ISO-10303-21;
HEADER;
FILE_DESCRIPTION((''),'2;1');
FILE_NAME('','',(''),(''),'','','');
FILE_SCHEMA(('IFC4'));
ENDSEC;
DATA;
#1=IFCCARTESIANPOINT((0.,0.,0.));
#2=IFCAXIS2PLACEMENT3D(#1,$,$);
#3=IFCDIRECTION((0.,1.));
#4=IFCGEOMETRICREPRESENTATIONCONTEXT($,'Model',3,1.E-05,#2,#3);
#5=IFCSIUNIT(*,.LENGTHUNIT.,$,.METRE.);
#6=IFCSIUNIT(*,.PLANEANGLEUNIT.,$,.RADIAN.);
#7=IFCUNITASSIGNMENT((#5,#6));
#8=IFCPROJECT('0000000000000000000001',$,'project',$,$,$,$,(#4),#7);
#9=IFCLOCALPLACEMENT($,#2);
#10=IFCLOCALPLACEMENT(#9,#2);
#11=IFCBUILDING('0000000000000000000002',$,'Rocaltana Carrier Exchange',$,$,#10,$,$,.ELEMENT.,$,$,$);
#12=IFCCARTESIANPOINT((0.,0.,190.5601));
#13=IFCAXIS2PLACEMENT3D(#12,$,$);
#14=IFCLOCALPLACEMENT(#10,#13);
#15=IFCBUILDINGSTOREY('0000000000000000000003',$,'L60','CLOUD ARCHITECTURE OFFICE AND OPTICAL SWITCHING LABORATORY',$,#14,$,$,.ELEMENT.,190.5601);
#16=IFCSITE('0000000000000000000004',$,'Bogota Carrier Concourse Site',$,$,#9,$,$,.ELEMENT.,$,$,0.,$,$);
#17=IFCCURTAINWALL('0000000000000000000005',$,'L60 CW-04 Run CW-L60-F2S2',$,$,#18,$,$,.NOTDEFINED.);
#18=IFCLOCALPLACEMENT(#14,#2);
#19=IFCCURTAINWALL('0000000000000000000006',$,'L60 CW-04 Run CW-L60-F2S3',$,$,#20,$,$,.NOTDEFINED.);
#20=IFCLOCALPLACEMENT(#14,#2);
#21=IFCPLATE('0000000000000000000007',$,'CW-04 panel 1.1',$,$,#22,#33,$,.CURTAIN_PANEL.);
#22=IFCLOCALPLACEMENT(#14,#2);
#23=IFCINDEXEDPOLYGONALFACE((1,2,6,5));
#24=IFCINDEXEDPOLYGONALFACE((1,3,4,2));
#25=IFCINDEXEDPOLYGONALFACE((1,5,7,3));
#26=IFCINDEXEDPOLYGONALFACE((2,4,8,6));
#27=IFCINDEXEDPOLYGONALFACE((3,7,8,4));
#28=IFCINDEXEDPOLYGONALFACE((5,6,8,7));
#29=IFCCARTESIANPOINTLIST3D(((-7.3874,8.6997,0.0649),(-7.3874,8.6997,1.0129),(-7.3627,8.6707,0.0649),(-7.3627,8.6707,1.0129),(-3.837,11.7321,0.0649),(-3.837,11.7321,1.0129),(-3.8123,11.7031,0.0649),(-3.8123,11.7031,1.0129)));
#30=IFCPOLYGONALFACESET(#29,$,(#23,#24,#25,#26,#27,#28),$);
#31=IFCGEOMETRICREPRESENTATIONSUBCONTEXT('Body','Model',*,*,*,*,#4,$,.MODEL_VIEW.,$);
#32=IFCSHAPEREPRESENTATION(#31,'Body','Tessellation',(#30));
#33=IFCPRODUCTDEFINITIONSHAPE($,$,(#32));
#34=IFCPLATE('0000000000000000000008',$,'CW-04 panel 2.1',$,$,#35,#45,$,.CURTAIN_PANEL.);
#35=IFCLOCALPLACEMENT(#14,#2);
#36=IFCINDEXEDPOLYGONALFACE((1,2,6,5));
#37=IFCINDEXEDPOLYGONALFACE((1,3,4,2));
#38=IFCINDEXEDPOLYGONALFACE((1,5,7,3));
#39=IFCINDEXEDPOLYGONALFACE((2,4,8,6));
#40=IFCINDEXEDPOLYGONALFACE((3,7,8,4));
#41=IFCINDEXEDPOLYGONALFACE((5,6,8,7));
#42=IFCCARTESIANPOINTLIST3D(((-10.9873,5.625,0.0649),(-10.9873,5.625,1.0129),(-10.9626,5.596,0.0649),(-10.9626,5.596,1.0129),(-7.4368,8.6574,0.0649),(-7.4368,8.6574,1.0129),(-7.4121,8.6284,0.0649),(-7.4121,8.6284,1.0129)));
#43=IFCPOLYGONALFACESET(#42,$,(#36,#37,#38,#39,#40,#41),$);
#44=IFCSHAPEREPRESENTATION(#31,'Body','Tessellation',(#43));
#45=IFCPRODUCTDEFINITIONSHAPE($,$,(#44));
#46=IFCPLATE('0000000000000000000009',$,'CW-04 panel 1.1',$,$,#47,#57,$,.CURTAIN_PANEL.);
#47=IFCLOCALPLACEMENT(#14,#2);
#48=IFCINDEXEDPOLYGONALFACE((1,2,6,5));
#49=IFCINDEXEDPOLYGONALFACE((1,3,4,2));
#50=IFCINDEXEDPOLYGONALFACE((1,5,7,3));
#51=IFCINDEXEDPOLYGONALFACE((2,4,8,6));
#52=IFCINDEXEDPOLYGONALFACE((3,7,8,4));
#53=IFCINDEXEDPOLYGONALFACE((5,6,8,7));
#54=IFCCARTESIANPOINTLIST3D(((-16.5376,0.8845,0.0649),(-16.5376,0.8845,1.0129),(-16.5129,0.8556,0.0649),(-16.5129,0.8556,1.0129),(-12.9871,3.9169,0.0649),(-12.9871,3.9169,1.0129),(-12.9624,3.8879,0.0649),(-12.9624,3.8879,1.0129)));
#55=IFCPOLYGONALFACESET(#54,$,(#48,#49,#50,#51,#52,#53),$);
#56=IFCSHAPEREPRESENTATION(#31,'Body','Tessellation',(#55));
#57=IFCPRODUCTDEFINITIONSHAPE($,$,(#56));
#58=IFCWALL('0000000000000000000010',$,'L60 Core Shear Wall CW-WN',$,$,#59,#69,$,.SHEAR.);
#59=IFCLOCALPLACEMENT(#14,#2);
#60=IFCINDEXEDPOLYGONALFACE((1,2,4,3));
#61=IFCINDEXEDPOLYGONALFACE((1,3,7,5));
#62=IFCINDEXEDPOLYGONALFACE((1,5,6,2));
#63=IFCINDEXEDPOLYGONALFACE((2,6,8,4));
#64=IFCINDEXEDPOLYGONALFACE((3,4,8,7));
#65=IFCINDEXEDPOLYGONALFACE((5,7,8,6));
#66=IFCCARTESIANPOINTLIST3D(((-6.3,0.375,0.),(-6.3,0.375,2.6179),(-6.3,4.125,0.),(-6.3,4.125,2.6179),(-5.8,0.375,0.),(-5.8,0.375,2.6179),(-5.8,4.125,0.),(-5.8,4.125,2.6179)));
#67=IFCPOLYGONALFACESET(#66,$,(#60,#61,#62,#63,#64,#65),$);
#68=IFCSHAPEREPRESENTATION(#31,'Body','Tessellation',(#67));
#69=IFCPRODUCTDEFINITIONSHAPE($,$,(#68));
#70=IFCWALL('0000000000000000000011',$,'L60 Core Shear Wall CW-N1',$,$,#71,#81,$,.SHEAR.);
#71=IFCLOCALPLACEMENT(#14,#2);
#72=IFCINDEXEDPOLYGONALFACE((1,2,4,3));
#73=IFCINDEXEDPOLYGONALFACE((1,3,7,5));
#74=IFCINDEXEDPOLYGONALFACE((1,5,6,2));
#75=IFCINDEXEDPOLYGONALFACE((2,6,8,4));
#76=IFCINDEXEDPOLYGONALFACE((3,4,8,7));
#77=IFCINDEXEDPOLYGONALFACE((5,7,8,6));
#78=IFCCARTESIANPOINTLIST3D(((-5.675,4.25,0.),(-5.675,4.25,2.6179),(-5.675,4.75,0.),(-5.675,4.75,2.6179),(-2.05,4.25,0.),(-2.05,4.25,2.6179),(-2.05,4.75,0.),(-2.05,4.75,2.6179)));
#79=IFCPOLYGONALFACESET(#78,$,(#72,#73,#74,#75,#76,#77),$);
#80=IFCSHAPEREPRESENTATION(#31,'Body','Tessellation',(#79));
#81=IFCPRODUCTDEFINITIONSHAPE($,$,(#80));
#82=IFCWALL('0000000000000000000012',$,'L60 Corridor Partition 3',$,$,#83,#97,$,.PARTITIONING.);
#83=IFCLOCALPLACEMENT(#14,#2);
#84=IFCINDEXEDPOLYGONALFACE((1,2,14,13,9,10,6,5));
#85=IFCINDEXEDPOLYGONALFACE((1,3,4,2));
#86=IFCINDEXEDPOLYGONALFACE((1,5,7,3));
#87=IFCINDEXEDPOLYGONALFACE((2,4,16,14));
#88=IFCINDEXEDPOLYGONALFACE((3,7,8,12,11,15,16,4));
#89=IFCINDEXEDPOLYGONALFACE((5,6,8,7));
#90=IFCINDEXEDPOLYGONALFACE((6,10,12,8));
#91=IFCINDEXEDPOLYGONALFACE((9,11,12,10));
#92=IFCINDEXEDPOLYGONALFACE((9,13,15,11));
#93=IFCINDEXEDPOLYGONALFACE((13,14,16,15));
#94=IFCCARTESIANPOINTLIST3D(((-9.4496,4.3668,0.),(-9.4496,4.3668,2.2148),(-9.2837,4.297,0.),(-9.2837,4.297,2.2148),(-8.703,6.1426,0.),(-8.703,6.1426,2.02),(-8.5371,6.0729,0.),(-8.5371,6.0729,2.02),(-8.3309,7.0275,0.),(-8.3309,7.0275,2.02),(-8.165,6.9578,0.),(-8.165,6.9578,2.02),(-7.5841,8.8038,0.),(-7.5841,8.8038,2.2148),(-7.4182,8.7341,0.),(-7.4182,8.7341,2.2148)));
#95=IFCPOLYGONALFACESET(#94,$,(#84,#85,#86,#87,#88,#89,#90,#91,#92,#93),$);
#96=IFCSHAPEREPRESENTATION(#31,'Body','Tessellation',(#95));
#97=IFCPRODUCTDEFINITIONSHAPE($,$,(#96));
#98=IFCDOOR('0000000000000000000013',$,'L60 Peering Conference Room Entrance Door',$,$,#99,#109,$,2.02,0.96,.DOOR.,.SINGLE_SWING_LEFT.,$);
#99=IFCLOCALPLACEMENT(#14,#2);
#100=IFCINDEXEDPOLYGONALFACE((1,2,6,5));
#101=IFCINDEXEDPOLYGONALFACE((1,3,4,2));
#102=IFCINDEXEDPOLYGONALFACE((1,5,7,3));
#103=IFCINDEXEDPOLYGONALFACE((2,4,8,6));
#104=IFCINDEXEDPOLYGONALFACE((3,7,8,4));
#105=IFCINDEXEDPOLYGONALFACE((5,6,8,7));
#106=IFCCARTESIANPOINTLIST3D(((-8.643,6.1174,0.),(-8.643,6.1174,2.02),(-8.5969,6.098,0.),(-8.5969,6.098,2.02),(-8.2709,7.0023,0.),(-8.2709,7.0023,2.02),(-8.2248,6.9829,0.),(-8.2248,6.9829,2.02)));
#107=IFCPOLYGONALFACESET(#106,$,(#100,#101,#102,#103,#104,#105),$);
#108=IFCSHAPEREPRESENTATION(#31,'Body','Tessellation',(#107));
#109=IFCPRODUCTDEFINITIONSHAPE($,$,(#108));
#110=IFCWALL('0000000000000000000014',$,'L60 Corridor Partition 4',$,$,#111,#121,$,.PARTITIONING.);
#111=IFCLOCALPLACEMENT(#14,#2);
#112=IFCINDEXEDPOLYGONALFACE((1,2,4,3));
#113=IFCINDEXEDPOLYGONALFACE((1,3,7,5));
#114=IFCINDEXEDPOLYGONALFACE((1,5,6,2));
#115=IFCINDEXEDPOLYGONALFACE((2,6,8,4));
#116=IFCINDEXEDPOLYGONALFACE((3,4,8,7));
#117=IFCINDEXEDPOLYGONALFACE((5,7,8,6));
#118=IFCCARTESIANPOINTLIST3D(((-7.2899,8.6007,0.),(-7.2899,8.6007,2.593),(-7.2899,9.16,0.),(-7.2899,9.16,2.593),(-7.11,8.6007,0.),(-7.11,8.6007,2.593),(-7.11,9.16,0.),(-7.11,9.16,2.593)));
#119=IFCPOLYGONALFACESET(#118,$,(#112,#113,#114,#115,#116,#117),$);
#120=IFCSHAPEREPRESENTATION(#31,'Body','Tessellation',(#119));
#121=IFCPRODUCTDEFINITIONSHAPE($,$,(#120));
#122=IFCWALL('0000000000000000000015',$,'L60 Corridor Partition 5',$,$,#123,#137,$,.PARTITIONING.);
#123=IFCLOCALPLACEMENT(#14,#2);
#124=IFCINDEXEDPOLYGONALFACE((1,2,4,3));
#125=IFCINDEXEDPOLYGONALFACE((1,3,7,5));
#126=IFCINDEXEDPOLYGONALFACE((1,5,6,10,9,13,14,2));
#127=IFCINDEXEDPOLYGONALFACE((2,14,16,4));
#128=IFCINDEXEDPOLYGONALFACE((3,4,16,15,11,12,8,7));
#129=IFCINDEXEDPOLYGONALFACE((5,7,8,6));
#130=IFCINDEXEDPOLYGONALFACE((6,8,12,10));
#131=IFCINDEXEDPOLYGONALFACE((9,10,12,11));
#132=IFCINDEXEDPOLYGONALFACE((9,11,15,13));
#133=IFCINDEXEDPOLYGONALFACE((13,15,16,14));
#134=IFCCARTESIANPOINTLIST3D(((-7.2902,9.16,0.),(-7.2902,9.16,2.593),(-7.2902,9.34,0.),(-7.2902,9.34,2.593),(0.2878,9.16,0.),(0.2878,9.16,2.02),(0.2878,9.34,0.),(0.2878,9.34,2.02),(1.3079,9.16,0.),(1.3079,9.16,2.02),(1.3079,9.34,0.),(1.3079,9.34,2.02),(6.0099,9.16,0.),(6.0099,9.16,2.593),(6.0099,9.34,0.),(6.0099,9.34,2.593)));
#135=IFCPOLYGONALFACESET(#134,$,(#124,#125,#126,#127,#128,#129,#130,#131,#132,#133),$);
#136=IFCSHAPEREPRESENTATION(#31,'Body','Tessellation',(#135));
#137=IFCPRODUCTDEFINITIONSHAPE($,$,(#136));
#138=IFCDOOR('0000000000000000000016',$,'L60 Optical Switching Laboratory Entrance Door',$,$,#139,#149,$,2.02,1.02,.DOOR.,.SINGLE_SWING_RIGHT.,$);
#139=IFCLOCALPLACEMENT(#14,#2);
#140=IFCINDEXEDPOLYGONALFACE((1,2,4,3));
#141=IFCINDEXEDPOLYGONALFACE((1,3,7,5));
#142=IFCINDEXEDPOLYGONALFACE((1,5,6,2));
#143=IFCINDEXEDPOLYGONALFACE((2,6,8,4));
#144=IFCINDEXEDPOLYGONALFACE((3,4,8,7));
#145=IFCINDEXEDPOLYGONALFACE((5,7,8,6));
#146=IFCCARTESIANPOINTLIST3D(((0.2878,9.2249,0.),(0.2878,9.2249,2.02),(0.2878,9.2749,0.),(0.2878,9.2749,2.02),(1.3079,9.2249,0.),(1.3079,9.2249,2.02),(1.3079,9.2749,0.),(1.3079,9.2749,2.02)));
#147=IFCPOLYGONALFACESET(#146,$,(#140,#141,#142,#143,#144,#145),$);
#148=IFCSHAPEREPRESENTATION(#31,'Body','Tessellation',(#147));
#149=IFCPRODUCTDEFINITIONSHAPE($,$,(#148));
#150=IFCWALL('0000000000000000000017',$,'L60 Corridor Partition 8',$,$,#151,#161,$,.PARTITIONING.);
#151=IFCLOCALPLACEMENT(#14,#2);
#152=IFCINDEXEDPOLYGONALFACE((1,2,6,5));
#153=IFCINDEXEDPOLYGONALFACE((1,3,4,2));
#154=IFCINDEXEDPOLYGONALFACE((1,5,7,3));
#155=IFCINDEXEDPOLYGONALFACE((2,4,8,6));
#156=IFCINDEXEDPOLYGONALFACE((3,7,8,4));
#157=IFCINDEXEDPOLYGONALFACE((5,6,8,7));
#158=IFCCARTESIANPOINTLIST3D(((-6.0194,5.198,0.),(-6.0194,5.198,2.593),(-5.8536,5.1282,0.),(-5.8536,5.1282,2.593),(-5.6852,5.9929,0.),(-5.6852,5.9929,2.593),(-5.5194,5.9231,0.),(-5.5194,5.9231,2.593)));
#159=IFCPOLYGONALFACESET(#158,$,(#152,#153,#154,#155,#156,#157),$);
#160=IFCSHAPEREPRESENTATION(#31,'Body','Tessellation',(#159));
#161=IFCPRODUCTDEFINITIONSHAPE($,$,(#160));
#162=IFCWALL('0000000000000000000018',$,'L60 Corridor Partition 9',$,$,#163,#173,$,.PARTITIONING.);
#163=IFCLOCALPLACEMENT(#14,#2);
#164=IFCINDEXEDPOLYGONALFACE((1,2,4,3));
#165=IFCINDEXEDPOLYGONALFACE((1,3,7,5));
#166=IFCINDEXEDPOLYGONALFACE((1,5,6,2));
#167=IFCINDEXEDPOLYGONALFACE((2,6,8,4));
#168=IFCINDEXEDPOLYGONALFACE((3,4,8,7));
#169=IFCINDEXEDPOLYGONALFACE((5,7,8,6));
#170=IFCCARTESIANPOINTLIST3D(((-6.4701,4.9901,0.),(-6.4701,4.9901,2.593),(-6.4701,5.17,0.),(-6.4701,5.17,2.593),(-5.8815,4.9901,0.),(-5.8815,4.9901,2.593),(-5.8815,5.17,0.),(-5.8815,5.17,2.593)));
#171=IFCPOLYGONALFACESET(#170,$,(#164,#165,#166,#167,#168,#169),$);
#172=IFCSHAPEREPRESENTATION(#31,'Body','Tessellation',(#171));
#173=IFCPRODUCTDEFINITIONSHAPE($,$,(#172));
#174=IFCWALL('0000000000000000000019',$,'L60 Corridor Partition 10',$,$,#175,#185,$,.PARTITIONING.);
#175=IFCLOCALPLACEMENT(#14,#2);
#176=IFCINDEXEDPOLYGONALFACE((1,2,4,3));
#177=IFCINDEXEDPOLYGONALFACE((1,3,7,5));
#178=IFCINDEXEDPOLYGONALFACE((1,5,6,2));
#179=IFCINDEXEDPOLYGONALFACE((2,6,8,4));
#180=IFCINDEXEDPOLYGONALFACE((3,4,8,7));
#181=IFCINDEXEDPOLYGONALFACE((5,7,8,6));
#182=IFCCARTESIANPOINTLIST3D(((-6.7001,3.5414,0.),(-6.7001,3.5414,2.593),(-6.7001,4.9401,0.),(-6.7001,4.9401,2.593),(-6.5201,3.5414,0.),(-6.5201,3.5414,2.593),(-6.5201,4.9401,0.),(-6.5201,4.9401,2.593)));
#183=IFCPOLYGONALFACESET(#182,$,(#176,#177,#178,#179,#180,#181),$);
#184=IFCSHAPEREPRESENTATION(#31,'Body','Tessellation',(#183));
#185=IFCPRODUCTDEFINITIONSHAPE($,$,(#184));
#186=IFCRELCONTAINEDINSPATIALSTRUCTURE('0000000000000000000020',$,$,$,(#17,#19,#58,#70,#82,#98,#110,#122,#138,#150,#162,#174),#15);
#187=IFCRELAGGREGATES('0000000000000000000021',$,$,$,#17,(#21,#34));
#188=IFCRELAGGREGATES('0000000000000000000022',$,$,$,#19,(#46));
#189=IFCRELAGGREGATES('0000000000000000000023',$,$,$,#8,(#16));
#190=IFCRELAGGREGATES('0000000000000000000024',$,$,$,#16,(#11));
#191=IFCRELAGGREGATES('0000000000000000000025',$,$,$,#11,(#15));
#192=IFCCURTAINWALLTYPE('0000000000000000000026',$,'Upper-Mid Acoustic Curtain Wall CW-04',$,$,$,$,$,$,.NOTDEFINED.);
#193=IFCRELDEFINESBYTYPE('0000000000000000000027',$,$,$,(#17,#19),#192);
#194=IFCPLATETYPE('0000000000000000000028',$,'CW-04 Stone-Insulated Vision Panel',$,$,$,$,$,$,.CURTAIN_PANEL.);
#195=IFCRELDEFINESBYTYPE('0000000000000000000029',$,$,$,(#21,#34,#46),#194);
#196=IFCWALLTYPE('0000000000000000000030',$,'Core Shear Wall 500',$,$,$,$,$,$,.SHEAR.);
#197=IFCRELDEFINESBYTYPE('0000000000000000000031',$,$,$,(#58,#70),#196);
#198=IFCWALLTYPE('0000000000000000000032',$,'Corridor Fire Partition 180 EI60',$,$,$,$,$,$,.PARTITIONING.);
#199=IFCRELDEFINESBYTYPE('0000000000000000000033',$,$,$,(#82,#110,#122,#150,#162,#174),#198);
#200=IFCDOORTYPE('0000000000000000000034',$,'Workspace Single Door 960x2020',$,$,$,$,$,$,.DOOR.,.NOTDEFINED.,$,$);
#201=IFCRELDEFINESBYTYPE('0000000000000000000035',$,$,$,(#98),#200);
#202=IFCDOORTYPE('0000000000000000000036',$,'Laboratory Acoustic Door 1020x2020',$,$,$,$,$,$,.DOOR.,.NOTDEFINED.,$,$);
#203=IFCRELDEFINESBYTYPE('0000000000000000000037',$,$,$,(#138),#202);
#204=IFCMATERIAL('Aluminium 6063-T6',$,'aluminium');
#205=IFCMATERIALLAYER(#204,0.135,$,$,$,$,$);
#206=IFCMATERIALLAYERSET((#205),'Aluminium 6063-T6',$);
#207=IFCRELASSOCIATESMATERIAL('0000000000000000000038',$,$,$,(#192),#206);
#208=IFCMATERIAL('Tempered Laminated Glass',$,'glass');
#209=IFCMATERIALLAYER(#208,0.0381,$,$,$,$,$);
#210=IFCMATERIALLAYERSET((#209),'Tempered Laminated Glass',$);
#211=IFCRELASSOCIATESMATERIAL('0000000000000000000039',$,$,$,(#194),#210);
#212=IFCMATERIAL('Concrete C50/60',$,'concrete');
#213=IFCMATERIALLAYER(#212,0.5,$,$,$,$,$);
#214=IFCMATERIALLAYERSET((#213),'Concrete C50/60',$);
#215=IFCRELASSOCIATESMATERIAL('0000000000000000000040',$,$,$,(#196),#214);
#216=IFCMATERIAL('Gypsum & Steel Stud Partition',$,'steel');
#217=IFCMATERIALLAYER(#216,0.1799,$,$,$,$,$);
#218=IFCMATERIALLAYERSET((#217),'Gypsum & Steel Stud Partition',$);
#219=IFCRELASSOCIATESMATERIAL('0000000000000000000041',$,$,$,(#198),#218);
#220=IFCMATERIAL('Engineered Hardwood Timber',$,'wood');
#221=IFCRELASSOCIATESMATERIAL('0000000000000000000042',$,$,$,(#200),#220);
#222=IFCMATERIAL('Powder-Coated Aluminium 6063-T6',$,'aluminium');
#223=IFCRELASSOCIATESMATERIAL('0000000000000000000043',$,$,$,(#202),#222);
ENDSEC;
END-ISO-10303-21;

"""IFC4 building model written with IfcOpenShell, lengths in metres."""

from ifc_helpers import new_model, si_unit, direction, frame, frame_2d, origin, origin_2d, place, context, subcontext, project, spatial, rectangle, extrude, material, layer, layer_set, type_object, element, fill, aggregate, save


model = new_model("IFC4")

# Units and contexts
model_context = context("Model", 3, precision=1e-05, world=origin(), true_north=direction((0.0, 1.0)))
body_context = subcontext(model_context, "Body", "Model", "MODEL_VIEW")
ifc_project = project(units=[si_unit("LENGTHUNIT", "METRE"), si_unit("PLANEANGLEUNIT", "RADIAN")], contexts=[model_context])

# Site, building, storey
site_placement = place(None, origin())
site = spatial("IfcSite", under=ifc_project, at=site_placement, Name="Bogota Carrier Concourse Site", CompositionType="ELEMENT", RefElevation=0.0)
building_placement = place(site_placement, origin())
building = spatial("IfcBuilding", under=site, at=building_placement, Name="Rocaltana Carrier Exchange", CompositionType="ELEMENT")
storey_placement = place(building_placement, frame((0.0, 0.0, 190.5601)))
storey = spatial("IfcBuildingStorey", under=building, at=storey_placement, Name="L60", Description="CLOUD ARCHITECTURE OFFICE AND OPTICAL SWITCHING LABORATORY", CompositionType="ELEMENT", Elevation=190.5601)

# Curtain walls
ifc_material_1 = material(Name="Aluminium 6063-T6", Category="aluminium")
ifc_layer_1 = layer(ifc_material_1, 0.135)
ifc_layer_set_1 = layer_set([ifc_layer_1], Name="Aluminium 6063-T6")
curtain_wall_type = type_object("IfcCurtainWallType", Name="Upper-Mid Acoustic Curtain Wall CW-04", PredefinedType="NOTDEFINED", material=ifc_layer_set_1)
curtain_wall_1_placement = place(storey_placement, origin())
curtain_wall_1 = element("IfcCurtainWall", 1, at=curtain_wall_1_placement, inside=storey, type_object=curtain_wall_type, Name="L60 CW-04 Run CW-L60-F2S2", PredefinedType="NOTDEFINED")
curtain_wall_2_placement = place(storey_placement, origin())
curtain_wall_2 = element("IfcCurtainWall", 2, at=curtain_wall_2_placement, inside=storey, type_object=curtain_wall_type, Name="L60 CW-04 Run CW-L60-F2S3", PredefinedType="NOTDEFINED")

# Plates
ifc_material_2 = material(Name="Tempered Laminated Glass", Category="glass")
ifc_layer_2 = layer(ifc_material_2, 0.0381)
ifc_layer_set_2 = layer_set([ifc_layer_2], Name="Tempered Laminated Glass")
plate_type = type_object("IfcPlateType", Name="CW-04 Stone-Insulated Vision Panel", PredefinedType="CURTAIN_PANEL", material=ifc_layer_set_2)
plate_1_placement = place(storey_placement, frame((-5.5999, 10.2014, 0.0649), z_axis=(0.0, 0.0, 1.0), x_axis=(-0.760401, -0.649454, 0.0)))
plate_1 = element("IfcPlate", 3, at=plate_1_placement, type_object=plate_type, Name="CW-04 panel 1.1", PredefinedType="CURTAIN_PANEL", context=body_context, shape_type="SweptSolid", body=[
    extrude(rectangle(XDim=4.6692, YDim=0.0381, at=origin_2d()), origin(), (0.0, 0.0, 1.0), 0.948),
])
plate_2_placement = place(storey_placement, frame((-9.1997, 7.1267, 0.0649), z_axis=(0.0, 0.0, 1.0), x_axis=(-0.760401, -0.649454, 0.0)))
plate_2 = element("IfcPlate", 4, at=plate_2_placement, type_object=plate_type, Name="CW-04 panel 2.1", PredefinedType="CURTAIN_PANEL", context=body_context, shape_type="SweptSolid", body=[
    extrude(rectangle(XDim=4.6692, YDim=0.0381, at=origin_2d()), origin(), (0.0, 0.0, 1.0), 0.948),
])
aggregate(curtain_wall_1, [plate_1, plate_2])
plate_3_placement = place(storey_placement, frame((-14.75, 2.3862, 0.0649), z_axis=(0.0, 0.0, 1.0), x_axis=(-0.760406, -0.649448, 0.0)))
plate_3 = element("IfcPlate", 5, at=plate_3_placement, type_object=plate_type, Name="CW-04 panel 1.1", PredefinedType="CURTAIN_PANEL", context=body_context, shape_type="SweptSolid", body=[
    extrude(rectangle(XDim=4.6692, YDim=0.0381, at=origin_2d()), origin(), (0.0, 0.0, 1.0), 0.948),
])
aggregate(curtain_wall_2, [plate_3])

# Walls
ifc_material_3 = material(Name="Concrete C50/60", Category="concrete")
ifc_layer_3 = layer(ifc_material_3, 0.5)
ifc_layer_set_3 = layer_set([ifc_layer_3], Name="Concrete C50/60")
wall_type_1 = type_object("IfcWallType", Name="Core Shear Wall 500", PredefinedType="SHEAR", material=ifc_layer_set_3)
wall_1_placement = place(storey_placement, frame((-6.05, 0.375, 0.0), z_axis=(0.0, 0.0, 1.0), x_axis=(0.0, 1.0, 0.0)))
element("IfcWall", 6, at=wall_1_placement, inside=storey, type_object=wall_type_1, Name="L60 Core Shear Wall CW-WN", PredefinedType="SHEAR", context=body_context, shape_type="SweptSolid", body=[
    extrude(rectangle(XDim=3.75, YDim=0.5, at=frame_2d((1.875, 0.0))), origin(), (0.0, 0.0, 1.0), 2.6179),
])
wall_2_placement = place(storey_placement, frame((-5.675, 4.5, 0.0), z_axis=(0.0, 0.0, 1.0), x_axis=(1.0, 0.0, 0.0)))
element("IfcWall", 7, at=wall_2_placement, inside=storey, type_object=wall_type_1, Name="L60 Core Shear Wall CW-N1", PredefinedType="SHEAR", context=body_context, shape_type="SweptSolid", body=[
    extrude(rectangle(XDim=3.625, YDim=0.5, at=frame_2d((1.8125, 0.0))), origin(), (0.0, 0.0, 1.0), 2.6179),
])

# Wall, opening, door
ifc_material_4 = material(Name="Gypsum & Steel Stud Partition", Category="steel")
ifc_layer_4 = layer(ifc_material_4, 0.1799)
ifc_layer_set_4 = layer_set([ifc_layer_4], Name="Gypsum & Steel Stud Partition")
wall_type_2 = type_object("IfcWallType", Name="Corridor Fire Partition 180 EI60", PredefinedType="PARTITIONING", material=ifc_layer_set_4)
wall_3_placement = place(storey_placement, frame((-9.3667, 4.3318, 0.0), z_axis=(0.0, 0.0, 1.0), x_axis=(0.387574, 0.921839, 0.0)))
wall_3 = element("IfcWall", 8, at=wall_3_placement, inside=storey, type_object=wall_type_2, Name="L60 Corridor Partition 3", PredefinedType="PARTITIONING", context=body_context, shape_type="SweptSolid", body=[
    extrude(rectangle(XDim=4.8132, YDim=0.1799, at=frame_2d((2.4067, 0.0))), origin(), (0.0, 0.0, 1.0), 2.2148),
])
opening_1_placement = place(wall_3_placement, frame((1.9265, 0.0, 0.0)))
opening_1 = element("IfcOpeningElement", 9, at=opening_1_placement, cuts=wall_3, PredefinedType="OPENING", context=body_context, shape_type="SweptSolid", body=[
    extrude(rectangle(XDim=0.96, YDim=2.02, at=frame_2d((0.48, 1.01))), frame((0.0, 0.0999, 0.0), z_axis=(0.0, -1.0, 0.0), x_axis=(1.0, 0.0, 0.0)), (0.0, 0.0, 1.0), 0.2),
])
ifc_material_5 = material(Name="Engineered Hardwood Timber", Category="wood")
door_type_1 = type_object("IfcDoorType", Name="Workspace Single Door 960x2020", OperationType="NOTDEFINED", PredefinedType="DOOR", material=ifc_material_5)
door_1_placement = place(opening_1_placement, origin())
door_1 = element("IfcDoor", 10, at=door_1_placement, inside=storey, type_object=door_type_1, Name="L60 Peering Conference Room Entrance Door", OperationType="SINGLE_SWING_LEFT", OverallHeight=2.02, OverallWidth=0.96, PredefinedType="DOOR", context=body_context, shape_type="SweptSolid", body=[
    extrude(rectangle(XDim=0.96, YDim=2.02, at=frame_2d((0.48, 1.01))), frame((0.0, 0.0249, 0.0), z_axis=(0.0, -1.0, 0.0), x_axis=(1.0, 0.0, 0.0)), (0.0, 0.0, 1.0), 0.05),
])
fill(opening_1, door_1)

# Wall
wall_4_placement = place(storey_placement, frame((-7.2, 8.6006, 0.0), z_axis=(0.0, 0.0, 1.0), x_axis=(0.0, 1.0, 0.0)))
element("IfcWall", 11, at=wall_4_placement, inside=storey, type_object=wall_type_2, Name="L60 Corridor Partition 4", PredefinedType="PARTITIONING", context=body_context, shape_type="SweptSolid", body=[
    extrude(rectangle(XDim=0.5593, YDim=0.1799, at=frame_2d((0.2798, 0.0))), origin(), (0.0, 0.0, 1.0), 2.593),
])

# Wall, opening, door
wall_5_placement = place(storey_placement, frame((-7.29, 9.25, 0.0), z_axis=(0.0, 0.0, 1.0), x_axis=(1.0, 0.0, 0.0)))
wall_5 = element("IfcWall", 12, at=wall_5_placement, inside=storey, type_object=wall_type_2, Name="L60 Corridor Partition 5", PredefinedType="PARTITIONING", context=body_context, shape_type="SweptSolid", body=[
    extrude(rectangle(XDim=13.3, YDim=0.1799, at=frame_2d((6.6499, 0.0))), origin(), (0.0, 0.0, 1.0), 2.593),
])
opening_2_placement = place(wall_5_placement, frame((7.5779, 0.0, 0.0)))
opening_2 = element("IfcOpeningElement", 13, at=opening_2_placement, cuts=wall_5, PredefinedType="OPENING", context=body_context, shape_type="SweptSolid", body=[
    extrude(rectangle(XDim=1.02, YDim=2.02, at=frame_2d((0.51, 1.01))), frame((0.0, 0.0999, 0.0), z_axis=(0.0, -1.0, 0.0), x_axis=(1.0, 0.0, 0.0)), (0.0, 0.0, 1.0), 0.2),
])
ifc_material_6 = material(Name="Powder-Coated Aluminium 6063-T6", Category="aluminium")
door_type_2 = type_object("IfcDoorType", Name="Laboratory Acoustic Door 1020x2020", OperationType="NOTDEFINED", PredefinedType="DOOR", material=ifc_material_6)
door_2_placement = place(opening_2_placement, origin())
door_2 = element("IfcDoor", 14, at=door_2_placement, inside=storey, type_object=door_type_2, Name="L60 Optical Switching Laboratory Entrance Door", OperationType="SINGLE_SWING_RIGHT", OverallHeight=2.02, OverallWidth=1.02, PredefinedType="DOOR", context=body_context, shape_type="SweptSolid", body=[
    extrude(rectangle(XDim=1.02, YDim=2.02, at=frame_2d((0.51, 1.01))), frame((0.0, 0.0249, 0.0), z_axis=(0.0, -1.0, 0.0), x_axis=(1.0, 0.0, 0.0)), (0.0, 0.0, 1.0), 0.05),
])
fill(opening_2, door_2)

# Walls
wall_6_placement = place(storey_placement, frame((-5.6023, 5.958, 0.0), z_axis=(0.0, 0.0, 1.0), x_axis=(-0.387589, -0.921832, 0.0)))
element("IfcWall", 15, at=wall_6_placement, inside=storey, type_object=wall_type_2, Name="L60 Corridor Partition 8", PredefinedType="PARTITIONING", context=body_context, shape_type="SweptSolid", body=[
    extrude(rectangle(XDim=0.8623, YDim=0.1799, at=frame_2d((0.4312, 0.0))), origin(), (0.0, 0.0, 1.0), 2.593),
])
wall_7_placement = place(storey_placement, frame((-5.8813, 5.0801, 0.0), z_axis=(0.0, 0.0, 1.0), x_axis=(-1.0, 0.0, 0.0)))
element("IfcWall", 16, at=wall_7_placement, inside=storey, type_object=wall_type_2, Name="L60 Corridor Partition 9", PredefinedType="PARTITIONING", context=body_context, shape_type="SweptSolid", body=[
    extrude(rectangle(XDim=0.5886, YDim=0.1799, at=frame_2d((0.2944, 0.0))), origin(), (0.0, 0.0, 1.0), 2.593),
])
wall_8_placement = place(storey_placement, frame((-6.6101, 4.9399, 0.0), z_axis=(0.0, 0.0, 1.0), x_axis=(0.0, -1.0, 0.0)))
element("IfcWall", 17, at=wall_8_placement, inside=storey, type_object=wall_type_2, Name="L60 Corridor Partition 10", PredefinedType="PARTITIONING", context=body_context, shape_type="SweptSolid", body=[
    extrude(rectangle(XDim=1.3987, YDim=0.1799, at=frame_2d((0.6992, 0.0))), origin(), (0.0, 0.0, 1.0), 2.593),
])

save(model, "model.ifc")
